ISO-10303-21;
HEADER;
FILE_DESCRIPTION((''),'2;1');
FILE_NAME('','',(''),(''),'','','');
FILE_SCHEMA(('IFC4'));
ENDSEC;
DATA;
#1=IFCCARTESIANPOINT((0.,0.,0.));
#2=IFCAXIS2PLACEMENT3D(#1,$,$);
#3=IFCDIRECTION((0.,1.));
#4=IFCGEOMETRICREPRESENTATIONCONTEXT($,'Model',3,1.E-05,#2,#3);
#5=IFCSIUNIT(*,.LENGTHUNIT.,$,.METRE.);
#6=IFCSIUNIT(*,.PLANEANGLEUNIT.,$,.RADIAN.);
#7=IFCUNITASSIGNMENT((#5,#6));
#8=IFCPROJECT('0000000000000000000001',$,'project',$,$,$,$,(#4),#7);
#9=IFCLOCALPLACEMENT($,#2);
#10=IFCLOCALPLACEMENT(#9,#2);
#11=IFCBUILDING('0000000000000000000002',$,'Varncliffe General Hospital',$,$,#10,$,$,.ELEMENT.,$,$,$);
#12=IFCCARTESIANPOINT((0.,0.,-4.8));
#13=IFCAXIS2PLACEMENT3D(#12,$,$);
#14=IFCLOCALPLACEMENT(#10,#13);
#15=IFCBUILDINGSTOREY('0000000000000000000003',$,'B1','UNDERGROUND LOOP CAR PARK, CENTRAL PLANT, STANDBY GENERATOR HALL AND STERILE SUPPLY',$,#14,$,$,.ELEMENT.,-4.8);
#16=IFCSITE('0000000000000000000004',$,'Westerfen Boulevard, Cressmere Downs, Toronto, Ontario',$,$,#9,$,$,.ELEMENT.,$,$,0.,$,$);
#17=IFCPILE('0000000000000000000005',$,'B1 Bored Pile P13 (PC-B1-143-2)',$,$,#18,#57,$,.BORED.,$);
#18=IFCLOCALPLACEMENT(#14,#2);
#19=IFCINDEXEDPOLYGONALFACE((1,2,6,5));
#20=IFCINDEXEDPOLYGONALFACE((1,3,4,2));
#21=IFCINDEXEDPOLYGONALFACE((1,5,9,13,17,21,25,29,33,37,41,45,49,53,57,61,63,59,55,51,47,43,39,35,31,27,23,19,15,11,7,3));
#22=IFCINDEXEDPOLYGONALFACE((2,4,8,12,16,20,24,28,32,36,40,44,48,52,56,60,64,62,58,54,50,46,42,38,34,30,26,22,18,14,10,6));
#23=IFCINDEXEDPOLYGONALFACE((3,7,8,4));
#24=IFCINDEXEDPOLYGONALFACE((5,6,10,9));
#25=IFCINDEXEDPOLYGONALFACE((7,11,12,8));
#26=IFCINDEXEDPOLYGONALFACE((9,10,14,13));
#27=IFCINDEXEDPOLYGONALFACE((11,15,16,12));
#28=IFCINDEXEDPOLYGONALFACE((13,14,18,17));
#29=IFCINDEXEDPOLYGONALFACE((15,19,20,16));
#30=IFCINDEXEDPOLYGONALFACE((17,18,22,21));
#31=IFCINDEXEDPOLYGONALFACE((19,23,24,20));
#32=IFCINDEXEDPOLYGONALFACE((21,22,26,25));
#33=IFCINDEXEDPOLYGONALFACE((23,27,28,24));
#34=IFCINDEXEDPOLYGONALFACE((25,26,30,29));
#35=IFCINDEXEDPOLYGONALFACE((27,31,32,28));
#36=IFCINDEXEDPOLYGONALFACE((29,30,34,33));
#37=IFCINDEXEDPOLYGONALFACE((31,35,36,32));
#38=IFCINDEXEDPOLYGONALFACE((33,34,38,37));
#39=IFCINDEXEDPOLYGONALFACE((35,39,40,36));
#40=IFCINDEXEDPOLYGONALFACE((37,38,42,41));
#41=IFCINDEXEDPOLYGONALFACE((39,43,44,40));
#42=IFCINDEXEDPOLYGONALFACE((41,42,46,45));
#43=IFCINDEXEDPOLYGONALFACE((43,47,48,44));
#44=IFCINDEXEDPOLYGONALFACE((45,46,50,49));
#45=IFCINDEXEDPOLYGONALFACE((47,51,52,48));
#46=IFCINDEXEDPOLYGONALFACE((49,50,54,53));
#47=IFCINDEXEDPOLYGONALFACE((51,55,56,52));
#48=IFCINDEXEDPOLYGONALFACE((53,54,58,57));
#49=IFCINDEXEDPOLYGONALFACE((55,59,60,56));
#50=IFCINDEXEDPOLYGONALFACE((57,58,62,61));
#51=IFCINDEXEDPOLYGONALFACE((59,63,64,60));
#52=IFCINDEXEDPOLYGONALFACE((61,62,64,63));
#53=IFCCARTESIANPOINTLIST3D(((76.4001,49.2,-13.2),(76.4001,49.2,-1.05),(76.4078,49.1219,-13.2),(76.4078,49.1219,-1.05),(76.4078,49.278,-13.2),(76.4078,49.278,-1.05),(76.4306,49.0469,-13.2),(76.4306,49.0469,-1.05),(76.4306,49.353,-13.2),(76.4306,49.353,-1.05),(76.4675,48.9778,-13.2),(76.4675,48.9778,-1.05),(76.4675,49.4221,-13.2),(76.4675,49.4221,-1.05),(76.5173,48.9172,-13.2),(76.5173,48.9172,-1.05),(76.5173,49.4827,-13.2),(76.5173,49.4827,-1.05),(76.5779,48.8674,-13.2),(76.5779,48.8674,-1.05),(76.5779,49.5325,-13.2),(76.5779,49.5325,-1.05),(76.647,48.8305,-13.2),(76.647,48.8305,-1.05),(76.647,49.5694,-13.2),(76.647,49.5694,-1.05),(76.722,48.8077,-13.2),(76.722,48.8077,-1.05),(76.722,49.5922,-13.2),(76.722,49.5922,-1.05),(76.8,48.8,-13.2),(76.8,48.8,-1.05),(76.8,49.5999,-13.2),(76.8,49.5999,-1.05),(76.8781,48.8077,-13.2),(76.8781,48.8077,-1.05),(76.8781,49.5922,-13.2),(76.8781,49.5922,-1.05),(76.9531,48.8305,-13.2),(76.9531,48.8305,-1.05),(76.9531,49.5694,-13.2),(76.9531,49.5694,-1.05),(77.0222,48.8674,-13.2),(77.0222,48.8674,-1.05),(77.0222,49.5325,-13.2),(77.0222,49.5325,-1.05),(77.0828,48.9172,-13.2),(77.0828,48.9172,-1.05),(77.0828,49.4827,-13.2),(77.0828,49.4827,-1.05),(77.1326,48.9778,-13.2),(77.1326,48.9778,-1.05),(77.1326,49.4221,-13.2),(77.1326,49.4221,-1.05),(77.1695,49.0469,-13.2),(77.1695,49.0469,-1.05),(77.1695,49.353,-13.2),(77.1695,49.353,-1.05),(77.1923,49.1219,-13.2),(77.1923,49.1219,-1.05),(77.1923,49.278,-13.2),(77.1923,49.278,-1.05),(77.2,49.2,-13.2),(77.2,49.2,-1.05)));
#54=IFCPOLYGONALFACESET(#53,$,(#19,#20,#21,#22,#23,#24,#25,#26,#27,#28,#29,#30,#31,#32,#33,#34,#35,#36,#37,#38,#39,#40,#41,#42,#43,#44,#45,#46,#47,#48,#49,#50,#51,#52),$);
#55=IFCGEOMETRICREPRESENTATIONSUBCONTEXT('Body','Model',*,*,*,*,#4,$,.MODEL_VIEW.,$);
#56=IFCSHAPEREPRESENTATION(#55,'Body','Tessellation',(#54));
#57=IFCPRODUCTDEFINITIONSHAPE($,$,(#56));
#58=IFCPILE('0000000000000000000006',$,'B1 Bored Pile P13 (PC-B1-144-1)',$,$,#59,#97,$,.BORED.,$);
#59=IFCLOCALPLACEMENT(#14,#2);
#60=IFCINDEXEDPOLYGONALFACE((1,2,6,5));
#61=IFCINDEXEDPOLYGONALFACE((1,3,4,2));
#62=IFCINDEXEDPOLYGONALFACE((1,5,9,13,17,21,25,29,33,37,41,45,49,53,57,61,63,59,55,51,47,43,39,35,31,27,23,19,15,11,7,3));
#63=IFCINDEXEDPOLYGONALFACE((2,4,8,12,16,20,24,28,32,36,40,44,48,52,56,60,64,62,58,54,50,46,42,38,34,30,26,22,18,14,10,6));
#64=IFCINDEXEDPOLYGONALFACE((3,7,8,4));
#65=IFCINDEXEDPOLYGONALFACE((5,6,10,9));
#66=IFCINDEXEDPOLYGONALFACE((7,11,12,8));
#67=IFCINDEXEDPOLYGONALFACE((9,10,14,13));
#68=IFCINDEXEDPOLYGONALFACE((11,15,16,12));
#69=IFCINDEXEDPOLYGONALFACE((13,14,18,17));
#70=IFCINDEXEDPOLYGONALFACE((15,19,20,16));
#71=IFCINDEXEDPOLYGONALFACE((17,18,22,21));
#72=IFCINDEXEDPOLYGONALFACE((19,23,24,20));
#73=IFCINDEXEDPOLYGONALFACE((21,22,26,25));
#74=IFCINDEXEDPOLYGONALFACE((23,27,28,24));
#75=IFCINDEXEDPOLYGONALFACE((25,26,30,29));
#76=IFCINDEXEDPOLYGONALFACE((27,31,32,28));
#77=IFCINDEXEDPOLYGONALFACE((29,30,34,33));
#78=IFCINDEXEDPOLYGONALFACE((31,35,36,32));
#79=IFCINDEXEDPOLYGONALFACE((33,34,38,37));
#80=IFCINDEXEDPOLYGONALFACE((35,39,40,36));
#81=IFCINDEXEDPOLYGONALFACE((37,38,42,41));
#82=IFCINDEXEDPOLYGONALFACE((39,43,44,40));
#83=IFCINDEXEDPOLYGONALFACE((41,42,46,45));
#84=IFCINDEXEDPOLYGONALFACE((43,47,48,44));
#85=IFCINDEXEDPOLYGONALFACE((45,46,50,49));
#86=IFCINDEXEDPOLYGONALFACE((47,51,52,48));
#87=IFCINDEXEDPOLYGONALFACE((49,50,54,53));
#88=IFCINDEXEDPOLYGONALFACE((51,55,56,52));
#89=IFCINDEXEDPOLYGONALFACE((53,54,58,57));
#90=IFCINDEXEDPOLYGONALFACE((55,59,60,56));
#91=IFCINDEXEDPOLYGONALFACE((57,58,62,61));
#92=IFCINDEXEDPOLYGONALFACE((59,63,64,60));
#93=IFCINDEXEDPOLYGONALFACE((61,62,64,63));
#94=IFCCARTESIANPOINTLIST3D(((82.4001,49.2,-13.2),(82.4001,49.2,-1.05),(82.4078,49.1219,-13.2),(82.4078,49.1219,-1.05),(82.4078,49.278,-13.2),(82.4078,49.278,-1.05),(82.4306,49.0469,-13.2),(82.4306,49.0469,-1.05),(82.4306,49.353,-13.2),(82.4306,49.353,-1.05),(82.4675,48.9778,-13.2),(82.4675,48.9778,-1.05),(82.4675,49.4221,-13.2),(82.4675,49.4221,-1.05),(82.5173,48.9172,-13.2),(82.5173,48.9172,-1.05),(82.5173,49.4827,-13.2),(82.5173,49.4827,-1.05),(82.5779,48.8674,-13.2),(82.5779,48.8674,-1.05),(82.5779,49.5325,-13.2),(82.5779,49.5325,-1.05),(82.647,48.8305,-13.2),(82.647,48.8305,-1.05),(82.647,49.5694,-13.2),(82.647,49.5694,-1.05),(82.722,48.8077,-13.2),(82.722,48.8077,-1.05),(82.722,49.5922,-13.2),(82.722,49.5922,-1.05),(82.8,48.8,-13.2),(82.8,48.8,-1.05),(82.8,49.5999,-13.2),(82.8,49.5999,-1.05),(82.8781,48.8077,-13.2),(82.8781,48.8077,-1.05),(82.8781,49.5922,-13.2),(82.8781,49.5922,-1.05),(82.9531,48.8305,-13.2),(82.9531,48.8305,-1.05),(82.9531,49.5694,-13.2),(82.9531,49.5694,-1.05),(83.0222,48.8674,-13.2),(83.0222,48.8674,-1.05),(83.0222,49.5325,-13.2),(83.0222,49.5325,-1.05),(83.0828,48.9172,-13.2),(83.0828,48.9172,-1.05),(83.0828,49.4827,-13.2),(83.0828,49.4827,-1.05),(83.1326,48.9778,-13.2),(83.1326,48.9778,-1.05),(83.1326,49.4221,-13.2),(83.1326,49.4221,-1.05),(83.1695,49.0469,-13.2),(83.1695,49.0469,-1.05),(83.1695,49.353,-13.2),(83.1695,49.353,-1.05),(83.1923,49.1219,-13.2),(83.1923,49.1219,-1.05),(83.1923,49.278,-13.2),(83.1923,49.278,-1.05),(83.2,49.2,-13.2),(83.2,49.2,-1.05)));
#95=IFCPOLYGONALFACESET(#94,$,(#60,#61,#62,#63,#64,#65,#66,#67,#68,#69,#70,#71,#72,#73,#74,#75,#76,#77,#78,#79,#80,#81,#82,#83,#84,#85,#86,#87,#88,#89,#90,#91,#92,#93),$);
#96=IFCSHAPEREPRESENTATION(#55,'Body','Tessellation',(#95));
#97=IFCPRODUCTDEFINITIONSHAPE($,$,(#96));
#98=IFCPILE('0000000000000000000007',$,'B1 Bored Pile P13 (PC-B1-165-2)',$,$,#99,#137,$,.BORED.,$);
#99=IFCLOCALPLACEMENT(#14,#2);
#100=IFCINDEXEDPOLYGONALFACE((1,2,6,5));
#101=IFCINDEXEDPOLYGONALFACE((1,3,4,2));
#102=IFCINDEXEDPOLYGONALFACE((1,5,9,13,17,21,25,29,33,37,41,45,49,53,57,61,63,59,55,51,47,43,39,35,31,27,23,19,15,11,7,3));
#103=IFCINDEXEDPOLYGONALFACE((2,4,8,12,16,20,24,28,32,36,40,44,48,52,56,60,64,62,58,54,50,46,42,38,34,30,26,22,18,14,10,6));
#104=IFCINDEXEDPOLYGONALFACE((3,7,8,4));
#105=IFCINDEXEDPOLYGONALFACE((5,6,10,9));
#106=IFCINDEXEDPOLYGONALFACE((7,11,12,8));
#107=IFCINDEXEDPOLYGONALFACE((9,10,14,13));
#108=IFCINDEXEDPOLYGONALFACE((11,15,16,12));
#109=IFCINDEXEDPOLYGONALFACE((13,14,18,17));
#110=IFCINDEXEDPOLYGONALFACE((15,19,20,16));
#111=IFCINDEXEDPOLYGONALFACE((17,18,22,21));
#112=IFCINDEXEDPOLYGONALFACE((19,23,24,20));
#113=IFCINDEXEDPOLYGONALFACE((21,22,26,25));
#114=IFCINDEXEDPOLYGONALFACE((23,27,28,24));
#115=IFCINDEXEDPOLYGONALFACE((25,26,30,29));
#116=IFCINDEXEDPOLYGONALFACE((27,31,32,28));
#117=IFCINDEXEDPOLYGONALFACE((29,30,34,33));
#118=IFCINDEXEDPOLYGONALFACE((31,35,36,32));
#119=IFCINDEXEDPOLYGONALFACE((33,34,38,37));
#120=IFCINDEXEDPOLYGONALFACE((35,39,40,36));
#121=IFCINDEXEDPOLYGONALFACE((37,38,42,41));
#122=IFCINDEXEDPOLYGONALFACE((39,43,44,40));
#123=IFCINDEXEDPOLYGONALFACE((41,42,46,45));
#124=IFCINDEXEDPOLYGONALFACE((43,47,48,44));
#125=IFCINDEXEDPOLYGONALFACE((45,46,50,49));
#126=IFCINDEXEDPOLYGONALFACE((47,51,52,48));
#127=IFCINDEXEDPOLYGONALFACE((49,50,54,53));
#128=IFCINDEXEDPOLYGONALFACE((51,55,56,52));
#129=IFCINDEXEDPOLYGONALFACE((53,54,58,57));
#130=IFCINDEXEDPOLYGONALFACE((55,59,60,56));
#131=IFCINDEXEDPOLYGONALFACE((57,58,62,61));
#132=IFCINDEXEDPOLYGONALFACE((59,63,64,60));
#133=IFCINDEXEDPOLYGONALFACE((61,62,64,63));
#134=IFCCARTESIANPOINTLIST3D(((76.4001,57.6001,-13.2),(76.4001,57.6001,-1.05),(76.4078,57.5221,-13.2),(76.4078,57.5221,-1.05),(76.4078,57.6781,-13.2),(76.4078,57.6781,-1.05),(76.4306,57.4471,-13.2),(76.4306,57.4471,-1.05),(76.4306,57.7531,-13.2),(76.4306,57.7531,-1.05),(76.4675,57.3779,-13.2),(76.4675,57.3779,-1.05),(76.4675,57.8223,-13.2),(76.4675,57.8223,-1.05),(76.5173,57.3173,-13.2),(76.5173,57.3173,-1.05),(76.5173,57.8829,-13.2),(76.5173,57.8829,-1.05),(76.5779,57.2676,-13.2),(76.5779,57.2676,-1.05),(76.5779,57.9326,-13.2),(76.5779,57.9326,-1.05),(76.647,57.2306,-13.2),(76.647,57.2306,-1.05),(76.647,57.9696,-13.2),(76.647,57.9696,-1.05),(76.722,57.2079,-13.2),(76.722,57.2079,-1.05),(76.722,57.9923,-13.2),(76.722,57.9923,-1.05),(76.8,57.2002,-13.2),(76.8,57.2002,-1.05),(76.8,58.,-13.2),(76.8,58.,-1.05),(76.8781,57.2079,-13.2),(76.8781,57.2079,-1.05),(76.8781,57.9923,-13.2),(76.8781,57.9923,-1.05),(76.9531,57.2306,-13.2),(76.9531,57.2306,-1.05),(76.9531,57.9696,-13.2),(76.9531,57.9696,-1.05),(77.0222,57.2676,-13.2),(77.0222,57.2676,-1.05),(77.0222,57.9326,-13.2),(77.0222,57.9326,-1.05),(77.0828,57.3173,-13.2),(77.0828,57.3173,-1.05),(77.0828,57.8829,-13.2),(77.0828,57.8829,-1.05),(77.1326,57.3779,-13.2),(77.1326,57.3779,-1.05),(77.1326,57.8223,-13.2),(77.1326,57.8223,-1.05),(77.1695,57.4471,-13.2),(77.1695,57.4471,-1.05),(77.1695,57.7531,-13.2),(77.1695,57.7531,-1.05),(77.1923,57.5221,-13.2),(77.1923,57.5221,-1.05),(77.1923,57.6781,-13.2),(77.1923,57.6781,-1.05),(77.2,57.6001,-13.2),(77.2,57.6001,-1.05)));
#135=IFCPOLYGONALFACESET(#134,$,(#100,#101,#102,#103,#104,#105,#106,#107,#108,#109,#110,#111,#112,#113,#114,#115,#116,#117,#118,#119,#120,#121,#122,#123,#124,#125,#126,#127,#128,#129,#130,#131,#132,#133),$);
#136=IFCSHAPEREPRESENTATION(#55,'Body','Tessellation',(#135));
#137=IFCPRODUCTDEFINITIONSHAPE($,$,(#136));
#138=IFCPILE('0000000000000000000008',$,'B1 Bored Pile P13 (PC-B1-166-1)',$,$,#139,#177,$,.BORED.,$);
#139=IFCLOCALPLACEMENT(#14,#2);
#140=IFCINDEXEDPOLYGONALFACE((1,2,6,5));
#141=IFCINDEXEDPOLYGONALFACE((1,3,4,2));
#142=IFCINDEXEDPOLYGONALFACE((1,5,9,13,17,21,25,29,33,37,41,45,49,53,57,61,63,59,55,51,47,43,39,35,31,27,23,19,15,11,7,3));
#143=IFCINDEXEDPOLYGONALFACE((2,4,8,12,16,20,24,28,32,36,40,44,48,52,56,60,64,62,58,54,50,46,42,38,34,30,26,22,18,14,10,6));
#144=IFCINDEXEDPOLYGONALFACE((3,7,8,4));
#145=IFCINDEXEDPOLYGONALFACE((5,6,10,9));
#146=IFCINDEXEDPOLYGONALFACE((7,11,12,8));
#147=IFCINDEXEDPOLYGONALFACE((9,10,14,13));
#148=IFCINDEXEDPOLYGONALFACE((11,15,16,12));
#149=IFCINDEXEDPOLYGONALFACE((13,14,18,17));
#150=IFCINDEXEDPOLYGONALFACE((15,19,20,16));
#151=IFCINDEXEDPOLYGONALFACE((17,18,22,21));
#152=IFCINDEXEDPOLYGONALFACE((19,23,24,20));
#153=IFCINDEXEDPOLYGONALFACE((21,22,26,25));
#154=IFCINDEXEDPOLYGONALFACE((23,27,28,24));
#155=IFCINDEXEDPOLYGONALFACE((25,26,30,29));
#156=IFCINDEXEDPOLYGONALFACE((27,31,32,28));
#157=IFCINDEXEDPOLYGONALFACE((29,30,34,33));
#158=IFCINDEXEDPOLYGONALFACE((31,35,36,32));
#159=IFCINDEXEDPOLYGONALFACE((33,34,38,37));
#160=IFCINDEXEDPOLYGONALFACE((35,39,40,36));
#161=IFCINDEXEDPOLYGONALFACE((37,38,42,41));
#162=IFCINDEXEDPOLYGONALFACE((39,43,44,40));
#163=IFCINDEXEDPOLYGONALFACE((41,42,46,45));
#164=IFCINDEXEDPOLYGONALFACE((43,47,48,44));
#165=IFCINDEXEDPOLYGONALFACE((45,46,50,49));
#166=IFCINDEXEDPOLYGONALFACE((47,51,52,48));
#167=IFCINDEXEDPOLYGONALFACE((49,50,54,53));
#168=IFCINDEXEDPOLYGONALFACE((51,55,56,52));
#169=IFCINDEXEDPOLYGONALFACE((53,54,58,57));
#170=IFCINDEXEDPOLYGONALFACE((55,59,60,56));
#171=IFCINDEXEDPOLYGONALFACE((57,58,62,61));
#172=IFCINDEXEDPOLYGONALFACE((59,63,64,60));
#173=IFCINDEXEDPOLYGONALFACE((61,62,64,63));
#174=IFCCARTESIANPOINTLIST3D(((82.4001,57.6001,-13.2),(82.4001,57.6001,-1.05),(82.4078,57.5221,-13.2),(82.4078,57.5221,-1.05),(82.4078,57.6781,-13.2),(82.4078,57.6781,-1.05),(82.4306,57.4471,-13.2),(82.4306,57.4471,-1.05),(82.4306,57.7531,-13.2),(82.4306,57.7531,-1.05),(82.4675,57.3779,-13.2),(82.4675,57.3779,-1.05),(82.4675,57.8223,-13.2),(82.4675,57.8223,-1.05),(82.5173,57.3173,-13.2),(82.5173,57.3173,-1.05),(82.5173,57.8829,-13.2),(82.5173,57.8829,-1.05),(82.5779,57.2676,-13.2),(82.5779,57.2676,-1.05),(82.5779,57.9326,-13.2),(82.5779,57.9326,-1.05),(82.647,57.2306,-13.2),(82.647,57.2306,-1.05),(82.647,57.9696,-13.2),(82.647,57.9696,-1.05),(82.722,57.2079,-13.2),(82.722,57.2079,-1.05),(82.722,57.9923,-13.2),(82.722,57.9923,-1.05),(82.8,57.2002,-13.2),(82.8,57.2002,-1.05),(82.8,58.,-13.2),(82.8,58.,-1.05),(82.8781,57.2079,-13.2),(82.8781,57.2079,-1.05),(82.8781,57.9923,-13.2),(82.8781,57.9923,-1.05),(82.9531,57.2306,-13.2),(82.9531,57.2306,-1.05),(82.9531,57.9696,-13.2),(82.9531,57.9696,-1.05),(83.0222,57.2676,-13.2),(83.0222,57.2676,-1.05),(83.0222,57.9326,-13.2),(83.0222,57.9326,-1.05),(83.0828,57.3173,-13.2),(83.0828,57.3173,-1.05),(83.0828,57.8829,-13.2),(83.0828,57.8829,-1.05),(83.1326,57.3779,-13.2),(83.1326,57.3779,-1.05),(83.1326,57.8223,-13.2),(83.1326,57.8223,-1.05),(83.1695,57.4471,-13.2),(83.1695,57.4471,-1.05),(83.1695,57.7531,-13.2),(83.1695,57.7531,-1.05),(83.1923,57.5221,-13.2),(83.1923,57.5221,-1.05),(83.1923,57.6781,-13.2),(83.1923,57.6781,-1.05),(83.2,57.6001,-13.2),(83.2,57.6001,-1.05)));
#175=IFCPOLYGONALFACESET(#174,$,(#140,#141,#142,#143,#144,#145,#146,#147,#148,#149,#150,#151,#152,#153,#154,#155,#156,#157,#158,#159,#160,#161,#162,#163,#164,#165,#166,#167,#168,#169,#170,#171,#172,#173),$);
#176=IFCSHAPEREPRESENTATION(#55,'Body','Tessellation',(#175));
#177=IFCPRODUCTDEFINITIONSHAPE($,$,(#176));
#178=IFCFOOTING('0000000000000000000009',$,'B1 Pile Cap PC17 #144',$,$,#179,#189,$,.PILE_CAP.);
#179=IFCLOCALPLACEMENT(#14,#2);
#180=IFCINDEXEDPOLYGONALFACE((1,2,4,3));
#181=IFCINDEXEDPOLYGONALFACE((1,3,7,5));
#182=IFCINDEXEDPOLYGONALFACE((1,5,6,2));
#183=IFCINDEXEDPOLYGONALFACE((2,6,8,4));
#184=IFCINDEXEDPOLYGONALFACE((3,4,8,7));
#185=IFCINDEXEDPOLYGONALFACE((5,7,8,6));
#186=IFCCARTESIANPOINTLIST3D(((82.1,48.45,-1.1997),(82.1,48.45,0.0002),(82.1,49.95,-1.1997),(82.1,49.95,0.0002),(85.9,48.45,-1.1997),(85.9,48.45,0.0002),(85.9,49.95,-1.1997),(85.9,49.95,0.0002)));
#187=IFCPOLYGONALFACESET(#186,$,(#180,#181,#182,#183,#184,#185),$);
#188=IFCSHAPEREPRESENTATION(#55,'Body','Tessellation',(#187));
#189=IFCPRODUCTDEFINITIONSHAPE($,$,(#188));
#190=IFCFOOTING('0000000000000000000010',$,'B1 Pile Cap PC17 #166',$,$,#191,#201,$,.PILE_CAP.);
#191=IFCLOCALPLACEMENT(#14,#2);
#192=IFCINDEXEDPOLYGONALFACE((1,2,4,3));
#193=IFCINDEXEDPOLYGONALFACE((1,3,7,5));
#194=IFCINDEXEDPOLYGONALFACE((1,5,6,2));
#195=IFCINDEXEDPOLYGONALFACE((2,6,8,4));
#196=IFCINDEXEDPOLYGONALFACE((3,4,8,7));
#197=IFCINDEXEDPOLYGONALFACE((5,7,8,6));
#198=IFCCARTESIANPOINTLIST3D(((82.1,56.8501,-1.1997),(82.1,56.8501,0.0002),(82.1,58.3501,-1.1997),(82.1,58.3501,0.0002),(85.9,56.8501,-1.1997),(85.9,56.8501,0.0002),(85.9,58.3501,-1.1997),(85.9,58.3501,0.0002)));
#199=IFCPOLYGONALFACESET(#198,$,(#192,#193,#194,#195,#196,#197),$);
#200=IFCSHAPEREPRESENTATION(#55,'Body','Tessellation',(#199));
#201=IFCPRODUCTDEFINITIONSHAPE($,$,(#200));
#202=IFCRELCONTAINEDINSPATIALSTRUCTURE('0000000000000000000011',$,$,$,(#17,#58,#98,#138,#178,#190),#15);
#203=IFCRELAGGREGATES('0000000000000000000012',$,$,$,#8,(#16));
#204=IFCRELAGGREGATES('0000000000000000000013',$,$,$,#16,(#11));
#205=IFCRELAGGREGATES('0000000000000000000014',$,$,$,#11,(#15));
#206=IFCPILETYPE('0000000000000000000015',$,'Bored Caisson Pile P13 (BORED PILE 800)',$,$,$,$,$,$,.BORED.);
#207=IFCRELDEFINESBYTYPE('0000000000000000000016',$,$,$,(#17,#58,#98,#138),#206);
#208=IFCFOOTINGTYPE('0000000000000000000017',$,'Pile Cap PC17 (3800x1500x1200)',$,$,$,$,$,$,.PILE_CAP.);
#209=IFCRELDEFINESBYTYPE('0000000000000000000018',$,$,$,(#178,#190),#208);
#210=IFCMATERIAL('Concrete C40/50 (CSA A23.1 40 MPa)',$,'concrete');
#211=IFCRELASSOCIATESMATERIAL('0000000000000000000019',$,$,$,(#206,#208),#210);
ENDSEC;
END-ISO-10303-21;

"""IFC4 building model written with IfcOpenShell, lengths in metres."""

from ifc_helpers import new_model, si_unit, direction, frame, origin, origin_2d, place, context, subcontext, project, spatial, rectangle, circle, extrude, material, material_profile, profile_set, type_object, element, save


model = new_model("IFC4")

# Units and contexts
model_context = context("Model", 3, precision=1e-05, world=origin(), true_north=direction((0.0, 1.0)))
body_context = subcontext(model_context, "Body", "Model", "MODEL_VIEW")
ifc_project = project(units=[si_unit("LENGTHUNIT", "METRE"), si_unit("PLANEANGLEUNIT", "RADIAN")], contexts=[model_context])

# Site, building, storey
site_placement = place(None, origin())
site = spatial("IfcSite", under=ifc_project, at=site_placement, Name="Westerfen Boulevard, Cressmere Downs, Toronto, Ontario", CompositionType="ELEMENT", RefElevation=0.0)
building_placement = place(site_placement, origin())
building = spatial("IfcBuilding", under=site, at=building_placement, Name="Varncliffe General Hospital", CompositionType="ELEMENT")
storey_placement = place(building_placement, frame((0.0, 0.0, -4.8)))
storey = spatial("IfcBuildingStorey", under=building, at=storey_placement, Name="B1", Description="UNDERGROUND LOOP CAR PARK, CENTRAL PLANT, STANDBY GENERATOR HALL AND STERILE SUPPLY", CompositionType="ELEMENT", Elevation=-4.8)

# Piles
ifc_material_1 = material(Name="Concrete C40/50 (CSA A23.1 40 MPa)", Category="concrete")
ifc_material_profile_1 = material_profile(ifc_material_1, circle(Radius=0.3999, at=origin_2d()), Name="BORED PILE 800")
ifc_profile_set_1 = profile_set([ifc_material_profile_1], Name="Concrete C40/50 (CSA A23.1 40 MPa)")
pile_type = type_object("IfcPileType", Name="Bored Caisson Pile P13 (BORED PILE 800)", PredefinedType="BORED", material=ifc_profile_set_1)
for number, where, z_axis, x_axis, name in (
    (1, (76.8, 49.2, -1.05), (0.0, 0.0, -1.0), (1.0, 0.0, 0.0), "B1 Bored Pile P13 (PC-B1-143-2)"),
    (2, (82.8, 49.2, -1.05), (0.0, 0.0, -1.0), (1.0, 0.0, 0.0), "B1 Bored Pile P13 (PC-B1-144-1)"),
    (3, (76.8, 57.6001, -1.05), (0.0, 0.0, -1.0), (1.0, 0.0, 0.0), "B1 Bored Pile P13 (PC-B1-165-2)"),
    (4, (82.8, 57.6001, -1.05), (0.0, 0.0, -1.0), (1.0, 0.0, 0.0), "B1 Bored Pile P13 (PC-B1-166-1)"),
):
    element("IfcPile", number, at=place(storey_placement, frame(where, z_axis=z_axis, x_axis=x_axis)), inside=storey, type_object=pile_type, Name=name, PredefinedType="BORED", context=body_context, shape_type="SweptSolid", body=[
        extrude(circle(Radius=0.3999, at=origin_2d()), origin(), (0.0, 0.0, 1.0), 12.1499),
    ])

# Footings
footing_type = type_object("IfcFootingType", Name="Pile Cap PC17 (3800x1500x1200)", PredefinedType="PILE_CAP", material=ifc_material_1)
for number, where, z_axis, x_axis, name in (
    (5, (84.0, 49.2, -1.1997), (0.0, 0.0, 1.0), (1.0, 0.0, 0.0), "B1 Pile Cap PC17 #144"),
    (6, (84.0, 57.6001, -1.1997), (0.0, 0.0, 1.0), (1.0, 0.0, 0.0), "B1 Pile Cap PC17 #166"),
):
    element("IfcFooting", number, at=place(storey_placement, frame(where, z_axis=z_axis, x_axis=x_axis)), inside=storey, type_object=footing_type, Name=name, PredefinedType="PILE_CAP", context=body_context, shape_type="SweptSolid", body=[
        extrude(rectangle(XDim=3.8, YDim=1.5, at=origin_2d()), origin(), (0.0, 0.0, 1.0), 1.2),
    ])

save(model, "model.ifc")
